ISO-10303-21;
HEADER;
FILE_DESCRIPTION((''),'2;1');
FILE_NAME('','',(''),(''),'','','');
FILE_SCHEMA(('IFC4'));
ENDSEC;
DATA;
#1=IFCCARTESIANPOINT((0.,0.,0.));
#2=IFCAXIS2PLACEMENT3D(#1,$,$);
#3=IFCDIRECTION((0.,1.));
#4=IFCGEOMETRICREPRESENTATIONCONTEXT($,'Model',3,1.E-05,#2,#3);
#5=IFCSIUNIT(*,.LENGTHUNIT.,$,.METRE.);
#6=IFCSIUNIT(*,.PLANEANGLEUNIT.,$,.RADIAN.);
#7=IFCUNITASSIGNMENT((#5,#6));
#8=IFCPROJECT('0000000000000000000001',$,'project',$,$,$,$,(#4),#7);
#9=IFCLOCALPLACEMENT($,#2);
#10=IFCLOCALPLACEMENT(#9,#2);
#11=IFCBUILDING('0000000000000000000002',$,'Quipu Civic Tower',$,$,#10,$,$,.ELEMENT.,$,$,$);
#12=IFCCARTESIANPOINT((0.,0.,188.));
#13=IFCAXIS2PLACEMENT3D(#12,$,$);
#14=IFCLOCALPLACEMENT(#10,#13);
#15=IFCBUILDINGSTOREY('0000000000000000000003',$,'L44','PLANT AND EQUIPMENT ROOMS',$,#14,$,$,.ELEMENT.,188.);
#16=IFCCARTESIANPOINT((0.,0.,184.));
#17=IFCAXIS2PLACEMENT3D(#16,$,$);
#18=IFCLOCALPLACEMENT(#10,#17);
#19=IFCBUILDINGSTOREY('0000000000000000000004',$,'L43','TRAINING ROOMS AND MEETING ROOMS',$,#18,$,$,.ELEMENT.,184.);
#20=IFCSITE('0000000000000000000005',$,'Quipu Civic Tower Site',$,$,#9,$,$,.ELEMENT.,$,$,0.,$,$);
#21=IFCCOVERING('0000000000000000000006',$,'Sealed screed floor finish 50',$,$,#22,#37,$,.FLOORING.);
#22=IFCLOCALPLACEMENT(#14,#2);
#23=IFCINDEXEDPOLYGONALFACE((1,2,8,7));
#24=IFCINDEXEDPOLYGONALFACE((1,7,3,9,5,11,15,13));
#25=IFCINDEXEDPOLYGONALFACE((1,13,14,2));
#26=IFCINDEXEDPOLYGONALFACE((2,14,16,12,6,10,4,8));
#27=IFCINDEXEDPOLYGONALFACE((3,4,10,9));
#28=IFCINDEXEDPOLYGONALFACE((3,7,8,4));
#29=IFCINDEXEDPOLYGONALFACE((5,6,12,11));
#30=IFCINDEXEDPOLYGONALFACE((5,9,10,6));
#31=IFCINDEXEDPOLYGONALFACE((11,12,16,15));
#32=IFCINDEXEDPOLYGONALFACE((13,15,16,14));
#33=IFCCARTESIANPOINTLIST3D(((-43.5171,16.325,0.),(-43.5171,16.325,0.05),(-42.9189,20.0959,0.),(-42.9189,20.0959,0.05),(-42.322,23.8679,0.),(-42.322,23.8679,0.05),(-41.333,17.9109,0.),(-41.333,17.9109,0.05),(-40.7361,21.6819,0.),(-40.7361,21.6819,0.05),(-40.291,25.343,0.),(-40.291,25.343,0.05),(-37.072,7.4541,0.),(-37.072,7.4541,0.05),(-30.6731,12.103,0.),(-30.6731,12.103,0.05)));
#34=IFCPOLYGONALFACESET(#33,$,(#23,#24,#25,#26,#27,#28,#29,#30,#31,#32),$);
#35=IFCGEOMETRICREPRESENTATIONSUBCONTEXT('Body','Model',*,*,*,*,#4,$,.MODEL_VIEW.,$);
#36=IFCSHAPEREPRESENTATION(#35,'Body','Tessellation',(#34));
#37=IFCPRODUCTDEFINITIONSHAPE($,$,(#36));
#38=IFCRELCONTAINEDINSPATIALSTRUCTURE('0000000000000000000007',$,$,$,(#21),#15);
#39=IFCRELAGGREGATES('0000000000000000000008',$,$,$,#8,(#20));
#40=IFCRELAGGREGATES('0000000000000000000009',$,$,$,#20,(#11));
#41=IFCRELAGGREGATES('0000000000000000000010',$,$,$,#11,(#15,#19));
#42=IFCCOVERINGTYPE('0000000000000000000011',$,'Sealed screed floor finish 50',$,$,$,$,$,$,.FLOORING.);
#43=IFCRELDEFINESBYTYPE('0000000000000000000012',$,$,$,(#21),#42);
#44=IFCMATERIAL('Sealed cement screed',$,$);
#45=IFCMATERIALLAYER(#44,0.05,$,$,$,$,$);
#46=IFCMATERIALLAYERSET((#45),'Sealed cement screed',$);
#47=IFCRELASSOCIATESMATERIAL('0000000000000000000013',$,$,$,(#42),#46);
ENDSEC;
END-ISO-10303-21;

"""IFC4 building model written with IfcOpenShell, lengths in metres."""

from ifc_helpers import new_model, si_unit, direction, frame, origin, place, context, subcontext, project, spatial, polyline, outline, extrude, material, layer, layer_set, type_object, element, save


model = new_model("IFC4")

# Units and contexts
model_context = context("Model", 3, precision=1e-05, world=origin(), true_north=direction((0.0, 1.0)))
body_context = subcontext(model_context, "Body", "Model", "MODEL_VIEW")
ifc_project = project(units=[si_unit("LENGTHUNIT", "METRE"), si_unit("PLANEANGLEUNIT", "RADIAN")], contexts=[model_context])

# Site, building, storey
site_placement = place(None, origin())
site = spatial("IfcSite", under=ifc_project, at=site_placement, Name="Quipu Civic Tower Site", CompositionType="ELEMENT", RefElevation=0.0)
building_placement = place(site_placement, origin())
building = spatial("IfcBuilding", under=site, at=building_placement, Name="Quipu Civic Tower", CompositionType="ELEMENT")
storey_1_placement = place(building_placement, frame((0.0, 0.0, 188.0)))
storey_1 = spatial("IfcBuildingStorey", under=building, at=storey_1_placement, Name="L44", Description="PLANT AND EQUIPMENT ROOMS", CompositionType="ELEMENT", Elevation=188.0)

# Shared definitions
storey_2_placement = place(building_placement, frame((0.0, 0.0, 184.0)))
storey_2 = spatial("IfcBuildingStorey", under=building, at=storey_2_placement, Name="L43", Description="TRAINING ROOMS AND MEETING ROOMS", CompositionType="ELEMENT", Elevation=184.0)

# Covering
ifc_material_1 = material(Name="Sealed cement screed")
ifc_layer_1 = layer(ifc_material_1, 0.05)
ifc_layer_set_1 = layer_set([ifc_layer_1], Name="Sealed cement screed")
covering_type = type_object("IfcCoveringType", Name="Sealed screed floor finish 50", PredefinedType="FLOORING", material=ifc_layer_set_1)
covering_1_placement = place(storey_1_placement, origin())
element("IfcCovering", 1, at=covering_1_placement, inside=storey_1, type_object=covering_type, Name="Sealed screed floor finish 50", PredefinedType="FLOORING", context=body_context, shape_type="SweptSolid", body=[
    extrude(outline(polyline([(-43.5171, 16.325), (-41.333, 17.9109), (-42.9189, 20.0959), (-40.7361, 21.6819), (-42.322, 23.8679), (-40.291, 25.343), (-30.6731, 12.103), (-37.072, 7.4541), (-43.5171, 16.325)])), origin(), (0.0, 0.0, 1.0), 0.05),
])

save(model, "model.ifc")
